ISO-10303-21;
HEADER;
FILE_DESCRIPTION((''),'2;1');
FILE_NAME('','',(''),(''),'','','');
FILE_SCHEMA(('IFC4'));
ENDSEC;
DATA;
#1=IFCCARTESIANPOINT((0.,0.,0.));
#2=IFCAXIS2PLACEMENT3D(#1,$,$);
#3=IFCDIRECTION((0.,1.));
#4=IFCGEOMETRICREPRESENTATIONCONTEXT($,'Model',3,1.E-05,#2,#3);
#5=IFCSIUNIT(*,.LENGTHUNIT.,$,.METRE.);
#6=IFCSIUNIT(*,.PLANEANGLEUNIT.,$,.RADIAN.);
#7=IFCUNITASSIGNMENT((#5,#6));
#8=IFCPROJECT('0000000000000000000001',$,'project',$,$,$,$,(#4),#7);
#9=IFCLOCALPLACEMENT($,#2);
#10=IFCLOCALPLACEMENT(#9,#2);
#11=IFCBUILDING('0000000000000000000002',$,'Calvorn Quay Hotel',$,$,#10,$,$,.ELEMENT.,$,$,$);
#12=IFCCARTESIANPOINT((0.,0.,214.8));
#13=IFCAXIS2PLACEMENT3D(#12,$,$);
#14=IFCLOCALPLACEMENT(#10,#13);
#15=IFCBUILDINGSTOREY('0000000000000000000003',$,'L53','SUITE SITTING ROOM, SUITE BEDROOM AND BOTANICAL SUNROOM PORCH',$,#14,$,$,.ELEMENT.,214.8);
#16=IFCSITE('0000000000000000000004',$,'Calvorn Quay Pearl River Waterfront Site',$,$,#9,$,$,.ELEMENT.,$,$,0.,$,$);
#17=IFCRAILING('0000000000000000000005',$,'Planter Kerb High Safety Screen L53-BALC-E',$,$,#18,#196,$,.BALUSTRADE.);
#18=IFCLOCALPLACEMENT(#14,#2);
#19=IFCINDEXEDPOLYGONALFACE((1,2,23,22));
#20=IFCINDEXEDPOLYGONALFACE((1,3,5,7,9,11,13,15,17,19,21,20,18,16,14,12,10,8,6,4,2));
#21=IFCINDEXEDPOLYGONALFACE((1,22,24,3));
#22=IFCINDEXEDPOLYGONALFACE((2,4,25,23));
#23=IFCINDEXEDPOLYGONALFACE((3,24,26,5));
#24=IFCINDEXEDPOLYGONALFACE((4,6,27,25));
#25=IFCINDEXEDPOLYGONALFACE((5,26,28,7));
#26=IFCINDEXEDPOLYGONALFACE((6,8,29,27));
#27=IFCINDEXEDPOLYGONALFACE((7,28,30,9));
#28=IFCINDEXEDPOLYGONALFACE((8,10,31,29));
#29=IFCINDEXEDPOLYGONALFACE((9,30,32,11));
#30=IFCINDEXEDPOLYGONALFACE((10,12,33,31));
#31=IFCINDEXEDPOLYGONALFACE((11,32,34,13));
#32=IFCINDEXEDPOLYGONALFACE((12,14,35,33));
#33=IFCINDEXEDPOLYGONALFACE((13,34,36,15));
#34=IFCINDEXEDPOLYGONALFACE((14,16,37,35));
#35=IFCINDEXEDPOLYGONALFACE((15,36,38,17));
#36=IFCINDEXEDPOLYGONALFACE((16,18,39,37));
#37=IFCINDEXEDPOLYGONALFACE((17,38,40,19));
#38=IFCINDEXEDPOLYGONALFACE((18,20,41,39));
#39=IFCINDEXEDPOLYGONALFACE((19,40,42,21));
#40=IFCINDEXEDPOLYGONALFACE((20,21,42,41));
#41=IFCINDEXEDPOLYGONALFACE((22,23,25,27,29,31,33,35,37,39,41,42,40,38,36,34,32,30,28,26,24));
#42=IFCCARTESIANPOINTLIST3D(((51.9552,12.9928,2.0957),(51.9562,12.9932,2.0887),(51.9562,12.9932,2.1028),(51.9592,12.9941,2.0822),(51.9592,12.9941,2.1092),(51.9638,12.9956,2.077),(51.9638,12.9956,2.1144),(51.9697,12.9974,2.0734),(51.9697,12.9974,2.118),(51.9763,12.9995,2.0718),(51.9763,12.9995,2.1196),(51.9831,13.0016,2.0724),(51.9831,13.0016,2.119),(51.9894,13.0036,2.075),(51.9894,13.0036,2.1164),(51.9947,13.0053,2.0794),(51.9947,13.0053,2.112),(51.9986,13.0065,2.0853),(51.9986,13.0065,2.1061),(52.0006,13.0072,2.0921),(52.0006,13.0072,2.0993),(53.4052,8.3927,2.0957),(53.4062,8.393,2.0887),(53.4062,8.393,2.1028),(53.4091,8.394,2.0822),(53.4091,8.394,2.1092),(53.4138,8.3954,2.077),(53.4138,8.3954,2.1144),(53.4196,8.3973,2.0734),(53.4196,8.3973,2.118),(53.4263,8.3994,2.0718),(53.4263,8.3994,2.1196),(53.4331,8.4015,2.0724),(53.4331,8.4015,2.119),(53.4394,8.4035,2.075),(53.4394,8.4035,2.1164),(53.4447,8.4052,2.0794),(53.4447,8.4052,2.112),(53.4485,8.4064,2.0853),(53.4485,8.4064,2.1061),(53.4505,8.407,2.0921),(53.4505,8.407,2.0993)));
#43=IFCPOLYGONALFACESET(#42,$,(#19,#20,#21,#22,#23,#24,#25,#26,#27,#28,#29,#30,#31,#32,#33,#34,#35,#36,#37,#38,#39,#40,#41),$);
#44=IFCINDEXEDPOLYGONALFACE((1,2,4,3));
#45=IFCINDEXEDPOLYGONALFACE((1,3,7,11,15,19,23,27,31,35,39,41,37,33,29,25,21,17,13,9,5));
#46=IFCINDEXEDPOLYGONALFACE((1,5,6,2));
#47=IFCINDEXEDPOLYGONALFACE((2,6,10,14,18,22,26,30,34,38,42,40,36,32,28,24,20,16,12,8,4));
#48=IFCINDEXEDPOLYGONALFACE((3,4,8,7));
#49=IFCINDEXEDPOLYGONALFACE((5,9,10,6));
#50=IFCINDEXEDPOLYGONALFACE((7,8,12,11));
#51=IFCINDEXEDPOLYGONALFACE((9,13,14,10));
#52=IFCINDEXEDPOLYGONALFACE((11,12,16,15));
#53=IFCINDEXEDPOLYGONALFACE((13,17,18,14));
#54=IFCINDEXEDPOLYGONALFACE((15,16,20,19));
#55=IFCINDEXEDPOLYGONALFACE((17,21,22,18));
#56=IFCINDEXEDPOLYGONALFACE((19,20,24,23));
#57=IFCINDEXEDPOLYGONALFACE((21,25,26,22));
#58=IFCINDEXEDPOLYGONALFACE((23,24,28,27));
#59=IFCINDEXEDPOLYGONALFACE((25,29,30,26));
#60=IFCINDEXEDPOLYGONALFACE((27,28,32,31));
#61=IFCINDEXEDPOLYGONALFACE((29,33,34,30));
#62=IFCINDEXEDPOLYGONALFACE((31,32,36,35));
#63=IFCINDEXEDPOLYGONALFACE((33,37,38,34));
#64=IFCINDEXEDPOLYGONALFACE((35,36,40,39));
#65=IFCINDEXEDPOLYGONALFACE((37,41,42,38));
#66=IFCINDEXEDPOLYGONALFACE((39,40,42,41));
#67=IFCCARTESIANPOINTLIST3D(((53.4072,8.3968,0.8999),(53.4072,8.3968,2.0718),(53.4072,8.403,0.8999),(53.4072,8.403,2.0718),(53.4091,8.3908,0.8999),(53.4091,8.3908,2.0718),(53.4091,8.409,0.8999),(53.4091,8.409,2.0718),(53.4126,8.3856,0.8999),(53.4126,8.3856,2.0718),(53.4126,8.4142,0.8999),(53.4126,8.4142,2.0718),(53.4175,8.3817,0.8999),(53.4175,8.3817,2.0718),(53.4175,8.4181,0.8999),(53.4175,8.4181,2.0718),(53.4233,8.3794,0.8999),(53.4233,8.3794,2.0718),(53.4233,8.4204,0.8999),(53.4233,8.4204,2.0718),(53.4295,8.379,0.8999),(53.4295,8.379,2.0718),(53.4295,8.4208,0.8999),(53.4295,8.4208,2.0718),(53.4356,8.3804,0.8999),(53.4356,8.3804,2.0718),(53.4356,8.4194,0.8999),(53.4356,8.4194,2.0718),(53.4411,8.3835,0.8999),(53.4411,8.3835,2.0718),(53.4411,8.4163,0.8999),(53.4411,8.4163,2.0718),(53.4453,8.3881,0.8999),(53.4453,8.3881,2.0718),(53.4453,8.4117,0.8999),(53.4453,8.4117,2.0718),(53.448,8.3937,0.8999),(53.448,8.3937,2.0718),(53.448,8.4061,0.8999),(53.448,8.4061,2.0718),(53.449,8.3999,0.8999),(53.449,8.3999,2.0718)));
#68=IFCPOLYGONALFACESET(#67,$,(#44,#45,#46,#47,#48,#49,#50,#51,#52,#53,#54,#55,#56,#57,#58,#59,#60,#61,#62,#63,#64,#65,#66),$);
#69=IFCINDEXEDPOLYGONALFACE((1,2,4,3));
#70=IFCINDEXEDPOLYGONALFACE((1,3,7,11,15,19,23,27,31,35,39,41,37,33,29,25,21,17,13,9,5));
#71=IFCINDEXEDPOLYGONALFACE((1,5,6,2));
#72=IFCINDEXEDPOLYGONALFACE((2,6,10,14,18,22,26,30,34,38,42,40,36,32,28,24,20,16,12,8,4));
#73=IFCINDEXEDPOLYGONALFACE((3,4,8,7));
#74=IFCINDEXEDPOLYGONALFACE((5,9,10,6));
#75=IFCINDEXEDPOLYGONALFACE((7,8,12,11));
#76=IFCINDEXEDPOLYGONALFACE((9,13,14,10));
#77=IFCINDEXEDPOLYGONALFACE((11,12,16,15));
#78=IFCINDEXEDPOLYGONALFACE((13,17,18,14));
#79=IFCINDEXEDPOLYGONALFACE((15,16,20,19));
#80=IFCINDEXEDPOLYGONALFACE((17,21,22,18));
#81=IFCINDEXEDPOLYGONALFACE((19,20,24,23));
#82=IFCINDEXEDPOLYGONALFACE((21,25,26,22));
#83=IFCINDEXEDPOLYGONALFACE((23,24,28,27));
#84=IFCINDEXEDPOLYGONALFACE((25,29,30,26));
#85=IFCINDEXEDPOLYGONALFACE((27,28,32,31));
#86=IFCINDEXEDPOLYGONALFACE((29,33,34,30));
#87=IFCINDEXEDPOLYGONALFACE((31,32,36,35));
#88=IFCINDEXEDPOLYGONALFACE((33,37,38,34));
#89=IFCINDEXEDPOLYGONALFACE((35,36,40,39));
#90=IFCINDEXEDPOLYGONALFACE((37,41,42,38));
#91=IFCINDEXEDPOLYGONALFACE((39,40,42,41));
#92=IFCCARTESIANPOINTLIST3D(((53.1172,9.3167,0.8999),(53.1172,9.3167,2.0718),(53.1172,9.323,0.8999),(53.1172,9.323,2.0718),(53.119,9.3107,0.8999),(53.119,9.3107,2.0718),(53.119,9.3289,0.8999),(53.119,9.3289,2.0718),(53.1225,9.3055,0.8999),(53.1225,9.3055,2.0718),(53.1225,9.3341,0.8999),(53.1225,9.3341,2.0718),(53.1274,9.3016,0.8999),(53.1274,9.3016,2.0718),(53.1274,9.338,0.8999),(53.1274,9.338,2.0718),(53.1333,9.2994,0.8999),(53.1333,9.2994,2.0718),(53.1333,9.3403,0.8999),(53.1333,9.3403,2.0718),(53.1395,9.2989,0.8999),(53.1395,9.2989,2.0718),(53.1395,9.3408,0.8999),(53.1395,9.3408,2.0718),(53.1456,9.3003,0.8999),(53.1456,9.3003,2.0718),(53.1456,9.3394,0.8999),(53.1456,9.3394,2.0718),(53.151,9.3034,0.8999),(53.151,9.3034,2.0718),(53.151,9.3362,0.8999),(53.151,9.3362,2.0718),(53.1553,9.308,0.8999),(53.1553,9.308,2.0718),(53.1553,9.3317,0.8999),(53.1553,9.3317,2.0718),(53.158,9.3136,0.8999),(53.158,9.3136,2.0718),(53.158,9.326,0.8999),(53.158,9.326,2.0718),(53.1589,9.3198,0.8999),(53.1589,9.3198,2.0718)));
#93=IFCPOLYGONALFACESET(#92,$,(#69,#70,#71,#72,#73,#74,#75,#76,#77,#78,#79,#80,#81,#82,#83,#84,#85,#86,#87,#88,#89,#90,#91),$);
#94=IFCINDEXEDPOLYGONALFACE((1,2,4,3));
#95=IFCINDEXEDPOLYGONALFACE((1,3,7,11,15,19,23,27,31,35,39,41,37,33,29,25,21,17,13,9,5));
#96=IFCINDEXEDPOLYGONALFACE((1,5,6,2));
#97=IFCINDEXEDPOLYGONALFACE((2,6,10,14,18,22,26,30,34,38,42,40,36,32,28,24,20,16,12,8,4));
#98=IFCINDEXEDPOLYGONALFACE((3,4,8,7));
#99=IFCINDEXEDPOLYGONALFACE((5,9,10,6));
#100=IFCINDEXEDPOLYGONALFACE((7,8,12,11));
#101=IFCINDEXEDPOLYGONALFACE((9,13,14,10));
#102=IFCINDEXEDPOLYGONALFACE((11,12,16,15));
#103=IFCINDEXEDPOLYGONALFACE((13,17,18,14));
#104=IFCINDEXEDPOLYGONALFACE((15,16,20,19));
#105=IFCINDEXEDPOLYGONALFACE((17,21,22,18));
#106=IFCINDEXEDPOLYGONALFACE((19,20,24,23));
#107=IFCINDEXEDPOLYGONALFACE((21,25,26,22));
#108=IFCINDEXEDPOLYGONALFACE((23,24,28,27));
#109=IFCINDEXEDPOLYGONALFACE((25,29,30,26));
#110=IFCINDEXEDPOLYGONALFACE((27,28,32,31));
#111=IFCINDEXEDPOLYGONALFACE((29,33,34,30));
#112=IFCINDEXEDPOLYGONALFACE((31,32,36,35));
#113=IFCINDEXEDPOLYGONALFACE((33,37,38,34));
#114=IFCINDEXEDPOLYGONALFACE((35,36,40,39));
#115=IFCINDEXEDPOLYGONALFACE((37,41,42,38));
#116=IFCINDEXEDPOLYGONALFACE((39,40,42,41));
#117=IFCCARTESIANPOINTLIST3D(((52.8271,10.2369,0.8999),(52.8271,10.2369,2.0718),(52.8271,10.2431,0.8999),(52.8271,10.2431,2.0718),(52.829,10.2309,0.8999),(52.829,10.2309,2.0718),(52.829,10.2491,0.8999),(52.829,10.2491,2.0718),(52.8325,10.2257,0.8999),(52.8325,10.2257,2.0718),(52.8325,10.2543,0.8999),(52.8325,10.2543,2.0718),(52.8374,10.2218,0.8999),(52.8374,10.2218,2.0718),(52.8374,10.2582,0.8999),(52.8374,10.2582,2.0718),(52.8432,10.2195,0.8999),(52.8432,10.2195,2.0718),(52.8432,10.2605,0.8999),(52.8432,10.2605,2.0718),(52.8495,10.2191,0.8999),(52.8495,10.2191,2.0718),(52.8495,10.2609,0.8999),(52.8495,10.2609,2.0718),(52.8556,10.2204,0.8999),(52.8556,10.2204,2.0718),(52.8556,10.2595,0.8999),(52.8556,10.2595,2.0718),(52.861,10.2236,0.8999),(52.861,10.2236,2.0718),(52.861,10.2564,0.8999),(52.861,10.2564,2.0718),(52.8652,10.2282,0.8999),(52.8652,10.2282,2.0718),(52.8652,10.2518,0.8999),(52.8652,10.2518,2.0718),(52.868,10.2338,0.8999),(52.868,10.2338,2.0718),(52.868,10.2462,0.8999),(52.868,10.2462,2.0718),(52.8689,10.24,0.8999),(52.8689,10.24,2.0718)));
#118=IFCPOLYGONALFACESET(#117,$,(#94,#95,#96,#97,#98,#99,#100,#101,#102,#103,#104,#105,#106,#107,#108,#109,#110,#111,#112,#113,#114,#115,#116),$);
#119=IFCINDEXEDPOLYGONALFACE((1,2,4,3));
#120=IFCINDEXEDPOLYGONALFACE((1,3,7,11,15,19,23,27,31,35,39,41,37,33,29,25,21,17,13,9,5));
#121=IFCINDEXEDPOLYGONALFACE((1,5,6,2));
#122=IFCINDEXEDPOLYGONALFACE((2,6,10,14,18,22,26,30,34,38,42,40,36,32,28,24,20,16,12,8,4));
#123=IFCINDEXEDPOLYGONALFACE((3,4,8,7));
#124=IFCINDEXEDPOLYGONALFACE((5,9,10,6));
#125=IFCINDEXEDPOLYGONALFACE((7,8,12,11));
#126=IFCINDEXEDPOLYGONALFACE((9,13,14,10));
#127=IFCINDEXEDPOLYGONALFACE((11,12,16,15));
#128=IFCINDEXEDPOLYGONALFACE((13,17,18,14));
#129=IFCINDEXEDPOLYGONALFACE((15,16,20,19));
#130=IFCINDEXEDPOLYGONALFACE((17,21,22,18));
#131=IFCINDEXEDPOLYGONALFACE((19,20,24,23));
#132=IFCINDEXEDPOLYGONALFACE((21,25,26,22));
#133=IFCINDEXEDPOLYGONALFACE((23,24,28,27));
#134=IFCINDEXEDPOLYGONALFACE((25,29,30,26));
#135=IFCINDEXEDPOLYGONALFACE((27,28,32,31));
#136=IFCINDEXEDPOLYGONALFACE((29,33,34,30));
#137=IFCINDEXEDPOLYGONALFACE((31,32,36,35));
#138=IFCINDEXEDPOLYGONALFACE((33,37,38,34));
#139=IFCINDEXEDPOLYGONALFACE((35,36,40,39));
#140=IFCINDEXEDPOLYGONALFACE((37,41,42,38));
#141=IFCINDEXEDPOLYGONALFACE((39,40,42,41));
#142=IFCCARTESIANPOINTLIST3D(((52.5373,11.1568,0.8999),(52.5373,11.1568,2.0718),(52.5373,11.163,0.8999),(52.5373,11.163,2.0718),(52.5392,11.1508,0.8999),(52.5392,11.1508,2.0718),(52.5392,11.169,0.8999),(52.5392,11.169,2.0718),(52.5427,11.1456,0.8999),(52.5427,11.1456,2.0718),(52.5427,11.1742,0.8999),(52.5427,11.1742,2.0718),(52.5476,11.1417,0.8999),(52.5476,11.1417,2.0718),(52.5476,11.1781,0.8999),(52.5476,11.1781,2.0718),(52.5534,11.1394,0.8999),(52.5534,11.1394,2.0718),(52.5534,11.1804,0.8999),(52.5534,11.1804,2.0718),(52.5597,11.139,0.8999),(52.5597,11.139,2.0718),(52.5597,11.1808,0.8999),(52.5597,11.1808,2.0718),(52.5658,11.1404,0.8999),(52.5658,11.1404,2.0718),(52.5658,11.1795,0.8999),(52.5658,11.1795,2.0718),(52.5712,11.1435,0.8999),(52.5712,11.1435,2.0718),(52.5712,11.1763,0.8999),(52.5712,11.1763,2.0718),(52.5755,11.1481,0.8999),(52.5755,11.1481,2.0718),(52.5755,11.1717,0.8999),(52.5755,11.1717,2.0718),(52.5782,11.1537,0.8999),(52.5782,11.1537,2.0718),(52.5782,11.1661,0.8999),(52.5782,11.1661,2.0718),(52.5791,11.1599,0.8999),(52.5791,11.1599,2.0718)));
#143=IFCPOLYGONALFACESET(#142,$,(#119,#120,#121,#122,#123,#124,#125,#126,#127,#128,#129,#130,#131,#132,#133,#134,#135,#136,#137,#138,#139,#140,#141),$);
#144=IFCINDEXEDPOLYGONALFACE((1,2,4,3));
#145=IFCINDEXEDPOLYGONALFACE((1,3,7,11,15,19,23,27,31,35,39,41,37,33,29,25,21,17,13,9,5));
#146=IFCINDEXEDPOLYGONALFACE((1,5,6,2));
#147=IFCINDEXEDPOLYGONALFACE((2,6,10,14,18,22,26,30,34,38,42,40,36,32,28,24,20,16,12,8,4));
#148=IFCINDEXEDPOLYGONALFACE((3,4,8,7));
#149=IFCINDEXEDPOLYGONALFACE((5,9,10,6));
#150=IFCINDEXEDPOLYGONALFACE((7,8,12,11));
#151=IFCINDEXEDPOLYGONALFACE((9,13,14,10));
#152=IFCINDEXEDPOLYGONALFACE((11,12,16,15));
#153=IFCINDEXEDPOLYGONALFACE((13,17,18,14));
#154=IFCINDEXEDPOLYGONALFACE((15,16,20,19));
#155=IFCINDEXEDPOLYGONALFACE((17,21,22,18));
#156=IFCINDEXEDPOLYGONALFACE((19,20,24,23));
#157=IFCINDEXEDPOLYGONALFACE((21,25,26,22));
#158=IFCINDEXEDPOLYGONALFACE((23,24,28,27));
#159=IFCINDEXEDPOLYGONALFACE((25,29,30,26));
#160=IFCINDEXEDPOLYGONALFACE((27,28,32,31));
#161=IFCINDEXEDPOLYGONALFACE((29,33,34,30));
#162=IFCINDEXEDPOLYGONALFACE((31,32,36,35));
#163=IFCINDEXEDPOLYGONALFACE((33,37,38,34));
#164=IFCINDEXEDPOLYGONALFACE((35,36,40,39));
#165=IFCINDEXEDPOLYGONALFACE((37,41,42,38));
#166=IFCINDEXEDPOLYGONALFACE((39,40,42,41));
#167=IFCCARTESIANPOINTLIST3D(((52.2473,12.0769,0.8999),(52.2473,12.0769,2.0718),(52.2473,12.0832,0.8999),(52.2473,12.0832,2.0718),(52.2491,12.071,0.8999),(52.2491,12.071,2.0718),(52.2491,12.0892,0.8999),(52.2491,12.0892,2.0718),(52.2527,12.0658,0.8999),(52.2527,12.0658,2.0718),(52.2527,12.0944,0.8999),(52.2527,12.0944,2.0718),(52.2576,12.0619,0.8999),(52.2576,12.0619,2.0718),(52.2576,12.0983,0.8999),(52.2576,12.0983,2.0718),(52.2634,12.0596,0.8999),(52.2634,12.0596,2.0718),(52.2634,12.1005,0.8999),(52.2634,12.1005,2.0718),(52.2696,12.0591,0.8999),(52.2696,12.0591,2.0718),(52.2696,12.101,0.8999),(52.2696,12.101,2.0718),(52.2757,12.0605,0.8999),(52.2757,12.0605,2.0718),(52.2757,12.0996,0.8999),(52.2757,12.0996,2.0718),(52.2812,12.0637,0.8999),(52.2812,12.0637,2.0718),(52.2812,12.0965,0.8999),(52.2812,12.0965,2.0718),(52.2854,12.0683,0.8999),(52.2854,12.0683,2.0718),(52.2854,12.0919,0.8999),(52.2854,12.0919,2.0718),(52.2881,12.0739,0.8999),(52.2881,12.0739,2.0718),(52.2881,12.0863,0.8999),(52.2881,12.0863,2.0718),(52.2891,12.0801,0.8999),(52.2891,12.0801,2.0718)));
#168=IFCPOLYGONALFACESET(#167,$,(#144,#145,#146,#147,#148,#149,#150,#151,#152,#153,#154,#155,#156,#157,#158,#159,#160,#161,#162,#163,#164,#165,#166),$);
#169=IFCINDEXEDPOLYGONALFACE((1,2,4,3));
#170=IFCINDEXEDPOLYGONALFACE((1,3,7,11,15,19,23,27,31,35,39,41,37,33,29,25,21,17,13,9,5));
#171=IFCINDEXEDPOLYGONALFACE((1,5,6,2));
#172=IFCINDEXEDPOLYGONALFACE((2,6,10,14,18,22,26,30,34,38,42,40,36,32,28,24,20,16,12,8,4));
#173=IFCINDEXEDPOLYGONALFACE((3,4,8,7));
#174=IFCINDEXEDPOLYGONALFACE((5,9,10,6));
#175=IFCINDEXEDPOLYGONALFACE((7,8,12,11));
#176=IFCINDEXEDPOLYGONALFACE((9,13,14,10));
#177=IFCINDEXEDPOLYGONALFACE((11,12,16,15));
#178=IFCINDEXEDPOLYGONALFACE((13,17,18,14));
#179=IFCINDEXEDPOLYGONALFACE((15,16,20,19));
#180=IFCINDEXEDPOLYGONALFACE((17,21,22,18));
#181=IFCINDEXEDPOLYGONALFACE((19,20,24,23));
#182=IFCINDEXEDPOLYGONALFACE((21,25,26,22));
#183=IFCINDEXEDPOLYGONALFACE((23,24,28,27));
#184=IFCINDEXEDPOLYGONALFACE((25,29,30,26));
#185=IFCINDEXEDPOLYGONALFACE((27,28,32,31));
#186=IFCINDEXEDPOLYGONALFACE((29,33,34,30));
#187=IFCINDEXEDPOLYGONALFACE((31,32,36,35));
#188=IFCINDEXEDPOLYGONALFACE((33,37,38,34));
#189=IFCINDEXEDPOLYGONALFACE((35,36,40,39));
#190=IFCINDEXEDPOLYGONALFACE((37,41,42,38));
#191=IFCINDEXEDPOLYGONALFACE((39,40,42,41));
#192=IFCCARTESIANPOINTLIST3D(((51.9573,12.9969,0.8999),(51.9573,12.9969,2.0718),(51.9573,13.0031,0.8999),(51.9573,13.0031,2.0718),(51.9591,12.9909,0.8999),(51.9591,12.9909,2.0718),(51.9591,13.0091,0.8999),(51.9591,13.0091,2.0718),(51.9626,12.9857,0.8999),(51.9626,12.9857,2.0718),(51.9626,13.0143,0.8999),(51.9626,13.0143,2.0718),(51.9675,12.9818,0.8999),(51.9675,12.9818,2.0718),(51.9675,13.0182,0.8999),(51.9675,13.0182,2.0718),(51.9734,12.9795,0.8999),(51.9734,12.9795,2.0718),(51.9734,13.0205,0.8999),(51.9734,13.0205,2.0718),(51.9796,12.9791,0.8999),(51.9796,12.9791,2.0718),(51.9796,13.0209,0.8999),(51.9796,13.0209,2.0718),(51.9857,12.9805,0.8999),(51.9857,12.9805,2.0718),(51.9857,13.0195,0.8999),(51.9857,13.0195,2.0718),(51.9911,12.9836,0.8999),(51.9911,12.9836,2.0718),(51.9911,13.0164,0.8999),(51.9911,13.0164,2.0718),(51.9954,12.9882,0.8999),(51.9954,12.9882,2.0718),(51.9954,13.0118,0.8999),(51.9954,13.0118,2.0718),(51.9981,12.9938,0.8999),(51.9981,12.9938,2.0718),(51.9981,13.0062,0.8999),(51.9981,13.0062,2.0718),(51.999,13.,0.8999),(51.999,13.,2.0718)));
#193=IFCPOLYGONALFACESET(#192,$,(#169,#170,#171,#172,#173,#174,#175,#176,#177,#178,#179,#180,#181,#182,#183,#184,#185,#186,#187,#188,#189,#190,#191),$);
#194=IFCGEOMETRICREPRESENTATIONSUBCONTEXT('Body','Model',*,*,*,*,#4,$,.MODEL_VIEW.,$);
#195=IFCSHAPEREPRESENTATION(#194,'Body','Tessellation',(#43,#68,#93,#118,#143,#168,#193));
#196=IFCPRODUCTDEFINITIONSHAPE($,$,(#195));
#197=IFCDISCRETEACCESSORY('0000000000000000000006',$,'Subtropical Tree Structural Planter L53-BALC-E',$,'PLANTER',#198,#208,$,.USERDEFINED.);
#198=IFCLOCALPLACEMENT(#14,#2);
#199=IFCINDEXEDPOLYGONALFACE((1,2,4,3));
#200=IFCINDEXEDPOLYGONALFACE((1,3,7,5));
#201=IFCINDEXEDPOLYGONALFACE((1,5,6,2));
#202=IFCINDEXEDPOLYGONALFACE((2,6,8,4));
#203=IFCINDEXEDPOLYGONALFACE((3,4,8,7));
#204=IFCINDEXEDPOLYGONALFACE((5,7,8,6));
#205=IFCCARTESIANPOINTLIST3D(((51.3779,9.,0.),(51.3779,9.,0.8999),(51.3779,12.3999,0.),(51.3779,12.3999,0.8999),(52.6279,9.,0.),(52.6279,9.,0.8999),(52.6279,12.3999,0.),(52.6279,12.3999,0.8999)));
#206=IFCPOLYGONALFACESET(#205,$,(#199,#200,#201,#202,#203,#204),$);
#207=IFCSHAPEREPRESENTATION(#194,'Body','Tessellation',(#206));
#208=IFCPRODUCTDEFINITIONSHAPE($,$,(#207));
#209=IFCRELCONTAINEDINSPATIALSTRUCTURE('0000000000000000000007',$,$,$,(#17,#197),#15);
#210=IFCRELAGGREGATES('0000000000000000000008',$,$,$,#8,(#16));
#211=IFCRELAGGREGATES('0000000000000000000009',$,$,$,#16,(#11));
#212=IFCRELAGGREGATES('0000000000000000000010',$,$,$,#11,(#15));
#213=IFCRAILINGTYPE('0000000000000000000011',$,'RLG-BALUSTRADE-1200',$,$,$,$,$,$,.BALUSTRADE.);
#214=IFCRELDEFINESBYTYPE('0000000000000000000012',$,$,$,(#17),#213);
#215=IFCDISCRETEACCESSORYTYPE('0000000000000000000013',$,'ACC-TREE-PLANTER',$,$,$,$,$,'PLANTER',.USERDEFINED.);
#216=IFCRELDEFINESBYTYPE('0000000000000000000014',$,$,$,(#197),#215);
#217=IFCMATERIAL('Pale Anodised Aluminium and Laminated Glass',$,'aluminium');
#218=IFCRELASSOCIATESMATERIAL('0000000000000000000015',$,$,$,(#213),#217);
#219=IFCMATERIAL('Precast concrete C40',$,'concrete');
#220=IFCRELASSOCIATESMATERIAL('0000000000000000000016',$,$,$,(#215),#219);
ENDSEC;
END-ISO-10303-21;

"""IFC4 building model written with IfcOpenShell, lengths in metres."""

from ifc_helpers import new_model, si_unit, direction, frame, origin, origin_2d, place, context, subcontext, project, spatial, rectangle, circle, extrude, material, type_object, element, save


model = new_model("IFC4")

# Units and contexts
model_context = context("Model", 3, precision=1e-05, world=origin(), true_north=direction((0.0, 1.0)))
body_context = subcontext(model_context, "Body", "Model", "MODEL_VIEW")
ifc_project = project(units=[si_unit("LENGTHUNIT", "METRE"), si_unit("PLANEANGLEUNIT", "RADIAN")], contexts=[model_context])

# Site, building, storey
site_placement = place(None, origin())
site = spatial("IfcSite", under=ifc_project, at=site_placement, Name="Calvorn Quay Pearl River Waterfront Site", CompositionType="ELEMENT", RefElevation=0.0)
building_placement = place(site_placement, origin())
building = spatial("IfcBuilding", under=site, at=building_placement, Name="Calvorn Quay Hotel", CompositionType="ELEMENT")
storey_placement = place(building_placement, frame((0.0, 0.0, 214.8)))
storey = spatial("IfcBuildingStorey", under=building, at=storey_placement, Name="L53", Description="SUITE SITTING ROOM, SUITE BEDROOM AND BOTANICAL SUNROOM PORCH", CompositionType="ELEMENT", Elevation=214.8)

# Railing
ifc_material_1 = material(Name="Pale Anodised Aluminium and Laminated Glass", Category="aluminium")
railing_type = type_object("IfcRailingType", Name="RLG-BALUSTRADE-1200", PredefinedType="BALUSTRADE", material=ifc_material_1)
railing_1_placement = place(storey_placement, frame((53.428, 8.3999, 0.8999)))
element("IfcRailing", 1, at=railing_1_placement, inside=storey, type_object=railing_type, Name="Planter Kerb High Safety Screen L53-BALC-E", PredefinedType="BALUSTRADE", context=body_context, shape_type="SweptSolid", body=[
    extrude(circle(Radius=0.0239, at=origin_2d()), frame((0.0, 0.0, 1.1958), z_axis=(-0.30062, 0.953744, 0.0), x_axis=(-0.953744, -0.30062, 0.0)), (0.0, 0.0, 1.0), 4.8232),
    extrude(circle(Radius=0.021, at=origin_2d()), origin(), (0.0, 0.0, 1.0), 1.1719),
    extrude(circle(Radius=0.021, at=origin_2d()), frame((-0.29, 0.9199, 0.0)), (0.0, 0.0, 1.0), 1.1719),
    extrude(circle(Radius=0.021, at=origin_2d()), frame((-0.5801, 1.8401, 0.0)), (0.0, 0.0, 1.0), 1.1719),
    extrude(circle(Radius=0.021, at=origin_2d()), frame((-0.8699, 2.76, 0.0)), (0.0, 0.0, 1.0), 1.1719),
    extrude(circle(Radius=0.021, at=origin_2d()), frame((-1.1599, 3.6802, 0.0)), (0.0, 0.0, 1.0), 1.1719),
    extrude(circle(Radius=0.021, at=origin_2d()), frame((-1.45, 4.6001, 0.0)), (0.0, 0.0, 1.0), 1.1719),
])

# Discrete accessory
ifc_material_2 = material(Name="Precast concrete C40", Category="concrete")
discrete_accessory_type = type_object("IfcDiscreteAccessoryType", Name="ACC-TREE-PLANTER", ElementType="PLANTER", PredefinedType="USERDEFINED", material=ifc_material_2)
discrete_accessory_placement = place(storey_placement, frame((52.0029, 10.7, 0.0), z_axis=(0.0, 0.0, 1.0), x_axis=(1.0, 0.0, 0.0)))
element("IfcDiscreteAccessory", 2, at=discrete_accessory_placement, inside=storey, type_object=discrete_accessory_type, Name="Subtropical Tree Structural Planter L53-BALC-E", ObjectType="PLANTER", PredefinedType="USERDEFINED", context=body_context, shape_type="SweptSolid", body=[
    extrude(rectangle(XDim=1.25, YDim=3.3999, at=origin_2d()), origin(), (0.0, 0.0, 1.0), 0.8999),
])

save(model, "model.ifc")
